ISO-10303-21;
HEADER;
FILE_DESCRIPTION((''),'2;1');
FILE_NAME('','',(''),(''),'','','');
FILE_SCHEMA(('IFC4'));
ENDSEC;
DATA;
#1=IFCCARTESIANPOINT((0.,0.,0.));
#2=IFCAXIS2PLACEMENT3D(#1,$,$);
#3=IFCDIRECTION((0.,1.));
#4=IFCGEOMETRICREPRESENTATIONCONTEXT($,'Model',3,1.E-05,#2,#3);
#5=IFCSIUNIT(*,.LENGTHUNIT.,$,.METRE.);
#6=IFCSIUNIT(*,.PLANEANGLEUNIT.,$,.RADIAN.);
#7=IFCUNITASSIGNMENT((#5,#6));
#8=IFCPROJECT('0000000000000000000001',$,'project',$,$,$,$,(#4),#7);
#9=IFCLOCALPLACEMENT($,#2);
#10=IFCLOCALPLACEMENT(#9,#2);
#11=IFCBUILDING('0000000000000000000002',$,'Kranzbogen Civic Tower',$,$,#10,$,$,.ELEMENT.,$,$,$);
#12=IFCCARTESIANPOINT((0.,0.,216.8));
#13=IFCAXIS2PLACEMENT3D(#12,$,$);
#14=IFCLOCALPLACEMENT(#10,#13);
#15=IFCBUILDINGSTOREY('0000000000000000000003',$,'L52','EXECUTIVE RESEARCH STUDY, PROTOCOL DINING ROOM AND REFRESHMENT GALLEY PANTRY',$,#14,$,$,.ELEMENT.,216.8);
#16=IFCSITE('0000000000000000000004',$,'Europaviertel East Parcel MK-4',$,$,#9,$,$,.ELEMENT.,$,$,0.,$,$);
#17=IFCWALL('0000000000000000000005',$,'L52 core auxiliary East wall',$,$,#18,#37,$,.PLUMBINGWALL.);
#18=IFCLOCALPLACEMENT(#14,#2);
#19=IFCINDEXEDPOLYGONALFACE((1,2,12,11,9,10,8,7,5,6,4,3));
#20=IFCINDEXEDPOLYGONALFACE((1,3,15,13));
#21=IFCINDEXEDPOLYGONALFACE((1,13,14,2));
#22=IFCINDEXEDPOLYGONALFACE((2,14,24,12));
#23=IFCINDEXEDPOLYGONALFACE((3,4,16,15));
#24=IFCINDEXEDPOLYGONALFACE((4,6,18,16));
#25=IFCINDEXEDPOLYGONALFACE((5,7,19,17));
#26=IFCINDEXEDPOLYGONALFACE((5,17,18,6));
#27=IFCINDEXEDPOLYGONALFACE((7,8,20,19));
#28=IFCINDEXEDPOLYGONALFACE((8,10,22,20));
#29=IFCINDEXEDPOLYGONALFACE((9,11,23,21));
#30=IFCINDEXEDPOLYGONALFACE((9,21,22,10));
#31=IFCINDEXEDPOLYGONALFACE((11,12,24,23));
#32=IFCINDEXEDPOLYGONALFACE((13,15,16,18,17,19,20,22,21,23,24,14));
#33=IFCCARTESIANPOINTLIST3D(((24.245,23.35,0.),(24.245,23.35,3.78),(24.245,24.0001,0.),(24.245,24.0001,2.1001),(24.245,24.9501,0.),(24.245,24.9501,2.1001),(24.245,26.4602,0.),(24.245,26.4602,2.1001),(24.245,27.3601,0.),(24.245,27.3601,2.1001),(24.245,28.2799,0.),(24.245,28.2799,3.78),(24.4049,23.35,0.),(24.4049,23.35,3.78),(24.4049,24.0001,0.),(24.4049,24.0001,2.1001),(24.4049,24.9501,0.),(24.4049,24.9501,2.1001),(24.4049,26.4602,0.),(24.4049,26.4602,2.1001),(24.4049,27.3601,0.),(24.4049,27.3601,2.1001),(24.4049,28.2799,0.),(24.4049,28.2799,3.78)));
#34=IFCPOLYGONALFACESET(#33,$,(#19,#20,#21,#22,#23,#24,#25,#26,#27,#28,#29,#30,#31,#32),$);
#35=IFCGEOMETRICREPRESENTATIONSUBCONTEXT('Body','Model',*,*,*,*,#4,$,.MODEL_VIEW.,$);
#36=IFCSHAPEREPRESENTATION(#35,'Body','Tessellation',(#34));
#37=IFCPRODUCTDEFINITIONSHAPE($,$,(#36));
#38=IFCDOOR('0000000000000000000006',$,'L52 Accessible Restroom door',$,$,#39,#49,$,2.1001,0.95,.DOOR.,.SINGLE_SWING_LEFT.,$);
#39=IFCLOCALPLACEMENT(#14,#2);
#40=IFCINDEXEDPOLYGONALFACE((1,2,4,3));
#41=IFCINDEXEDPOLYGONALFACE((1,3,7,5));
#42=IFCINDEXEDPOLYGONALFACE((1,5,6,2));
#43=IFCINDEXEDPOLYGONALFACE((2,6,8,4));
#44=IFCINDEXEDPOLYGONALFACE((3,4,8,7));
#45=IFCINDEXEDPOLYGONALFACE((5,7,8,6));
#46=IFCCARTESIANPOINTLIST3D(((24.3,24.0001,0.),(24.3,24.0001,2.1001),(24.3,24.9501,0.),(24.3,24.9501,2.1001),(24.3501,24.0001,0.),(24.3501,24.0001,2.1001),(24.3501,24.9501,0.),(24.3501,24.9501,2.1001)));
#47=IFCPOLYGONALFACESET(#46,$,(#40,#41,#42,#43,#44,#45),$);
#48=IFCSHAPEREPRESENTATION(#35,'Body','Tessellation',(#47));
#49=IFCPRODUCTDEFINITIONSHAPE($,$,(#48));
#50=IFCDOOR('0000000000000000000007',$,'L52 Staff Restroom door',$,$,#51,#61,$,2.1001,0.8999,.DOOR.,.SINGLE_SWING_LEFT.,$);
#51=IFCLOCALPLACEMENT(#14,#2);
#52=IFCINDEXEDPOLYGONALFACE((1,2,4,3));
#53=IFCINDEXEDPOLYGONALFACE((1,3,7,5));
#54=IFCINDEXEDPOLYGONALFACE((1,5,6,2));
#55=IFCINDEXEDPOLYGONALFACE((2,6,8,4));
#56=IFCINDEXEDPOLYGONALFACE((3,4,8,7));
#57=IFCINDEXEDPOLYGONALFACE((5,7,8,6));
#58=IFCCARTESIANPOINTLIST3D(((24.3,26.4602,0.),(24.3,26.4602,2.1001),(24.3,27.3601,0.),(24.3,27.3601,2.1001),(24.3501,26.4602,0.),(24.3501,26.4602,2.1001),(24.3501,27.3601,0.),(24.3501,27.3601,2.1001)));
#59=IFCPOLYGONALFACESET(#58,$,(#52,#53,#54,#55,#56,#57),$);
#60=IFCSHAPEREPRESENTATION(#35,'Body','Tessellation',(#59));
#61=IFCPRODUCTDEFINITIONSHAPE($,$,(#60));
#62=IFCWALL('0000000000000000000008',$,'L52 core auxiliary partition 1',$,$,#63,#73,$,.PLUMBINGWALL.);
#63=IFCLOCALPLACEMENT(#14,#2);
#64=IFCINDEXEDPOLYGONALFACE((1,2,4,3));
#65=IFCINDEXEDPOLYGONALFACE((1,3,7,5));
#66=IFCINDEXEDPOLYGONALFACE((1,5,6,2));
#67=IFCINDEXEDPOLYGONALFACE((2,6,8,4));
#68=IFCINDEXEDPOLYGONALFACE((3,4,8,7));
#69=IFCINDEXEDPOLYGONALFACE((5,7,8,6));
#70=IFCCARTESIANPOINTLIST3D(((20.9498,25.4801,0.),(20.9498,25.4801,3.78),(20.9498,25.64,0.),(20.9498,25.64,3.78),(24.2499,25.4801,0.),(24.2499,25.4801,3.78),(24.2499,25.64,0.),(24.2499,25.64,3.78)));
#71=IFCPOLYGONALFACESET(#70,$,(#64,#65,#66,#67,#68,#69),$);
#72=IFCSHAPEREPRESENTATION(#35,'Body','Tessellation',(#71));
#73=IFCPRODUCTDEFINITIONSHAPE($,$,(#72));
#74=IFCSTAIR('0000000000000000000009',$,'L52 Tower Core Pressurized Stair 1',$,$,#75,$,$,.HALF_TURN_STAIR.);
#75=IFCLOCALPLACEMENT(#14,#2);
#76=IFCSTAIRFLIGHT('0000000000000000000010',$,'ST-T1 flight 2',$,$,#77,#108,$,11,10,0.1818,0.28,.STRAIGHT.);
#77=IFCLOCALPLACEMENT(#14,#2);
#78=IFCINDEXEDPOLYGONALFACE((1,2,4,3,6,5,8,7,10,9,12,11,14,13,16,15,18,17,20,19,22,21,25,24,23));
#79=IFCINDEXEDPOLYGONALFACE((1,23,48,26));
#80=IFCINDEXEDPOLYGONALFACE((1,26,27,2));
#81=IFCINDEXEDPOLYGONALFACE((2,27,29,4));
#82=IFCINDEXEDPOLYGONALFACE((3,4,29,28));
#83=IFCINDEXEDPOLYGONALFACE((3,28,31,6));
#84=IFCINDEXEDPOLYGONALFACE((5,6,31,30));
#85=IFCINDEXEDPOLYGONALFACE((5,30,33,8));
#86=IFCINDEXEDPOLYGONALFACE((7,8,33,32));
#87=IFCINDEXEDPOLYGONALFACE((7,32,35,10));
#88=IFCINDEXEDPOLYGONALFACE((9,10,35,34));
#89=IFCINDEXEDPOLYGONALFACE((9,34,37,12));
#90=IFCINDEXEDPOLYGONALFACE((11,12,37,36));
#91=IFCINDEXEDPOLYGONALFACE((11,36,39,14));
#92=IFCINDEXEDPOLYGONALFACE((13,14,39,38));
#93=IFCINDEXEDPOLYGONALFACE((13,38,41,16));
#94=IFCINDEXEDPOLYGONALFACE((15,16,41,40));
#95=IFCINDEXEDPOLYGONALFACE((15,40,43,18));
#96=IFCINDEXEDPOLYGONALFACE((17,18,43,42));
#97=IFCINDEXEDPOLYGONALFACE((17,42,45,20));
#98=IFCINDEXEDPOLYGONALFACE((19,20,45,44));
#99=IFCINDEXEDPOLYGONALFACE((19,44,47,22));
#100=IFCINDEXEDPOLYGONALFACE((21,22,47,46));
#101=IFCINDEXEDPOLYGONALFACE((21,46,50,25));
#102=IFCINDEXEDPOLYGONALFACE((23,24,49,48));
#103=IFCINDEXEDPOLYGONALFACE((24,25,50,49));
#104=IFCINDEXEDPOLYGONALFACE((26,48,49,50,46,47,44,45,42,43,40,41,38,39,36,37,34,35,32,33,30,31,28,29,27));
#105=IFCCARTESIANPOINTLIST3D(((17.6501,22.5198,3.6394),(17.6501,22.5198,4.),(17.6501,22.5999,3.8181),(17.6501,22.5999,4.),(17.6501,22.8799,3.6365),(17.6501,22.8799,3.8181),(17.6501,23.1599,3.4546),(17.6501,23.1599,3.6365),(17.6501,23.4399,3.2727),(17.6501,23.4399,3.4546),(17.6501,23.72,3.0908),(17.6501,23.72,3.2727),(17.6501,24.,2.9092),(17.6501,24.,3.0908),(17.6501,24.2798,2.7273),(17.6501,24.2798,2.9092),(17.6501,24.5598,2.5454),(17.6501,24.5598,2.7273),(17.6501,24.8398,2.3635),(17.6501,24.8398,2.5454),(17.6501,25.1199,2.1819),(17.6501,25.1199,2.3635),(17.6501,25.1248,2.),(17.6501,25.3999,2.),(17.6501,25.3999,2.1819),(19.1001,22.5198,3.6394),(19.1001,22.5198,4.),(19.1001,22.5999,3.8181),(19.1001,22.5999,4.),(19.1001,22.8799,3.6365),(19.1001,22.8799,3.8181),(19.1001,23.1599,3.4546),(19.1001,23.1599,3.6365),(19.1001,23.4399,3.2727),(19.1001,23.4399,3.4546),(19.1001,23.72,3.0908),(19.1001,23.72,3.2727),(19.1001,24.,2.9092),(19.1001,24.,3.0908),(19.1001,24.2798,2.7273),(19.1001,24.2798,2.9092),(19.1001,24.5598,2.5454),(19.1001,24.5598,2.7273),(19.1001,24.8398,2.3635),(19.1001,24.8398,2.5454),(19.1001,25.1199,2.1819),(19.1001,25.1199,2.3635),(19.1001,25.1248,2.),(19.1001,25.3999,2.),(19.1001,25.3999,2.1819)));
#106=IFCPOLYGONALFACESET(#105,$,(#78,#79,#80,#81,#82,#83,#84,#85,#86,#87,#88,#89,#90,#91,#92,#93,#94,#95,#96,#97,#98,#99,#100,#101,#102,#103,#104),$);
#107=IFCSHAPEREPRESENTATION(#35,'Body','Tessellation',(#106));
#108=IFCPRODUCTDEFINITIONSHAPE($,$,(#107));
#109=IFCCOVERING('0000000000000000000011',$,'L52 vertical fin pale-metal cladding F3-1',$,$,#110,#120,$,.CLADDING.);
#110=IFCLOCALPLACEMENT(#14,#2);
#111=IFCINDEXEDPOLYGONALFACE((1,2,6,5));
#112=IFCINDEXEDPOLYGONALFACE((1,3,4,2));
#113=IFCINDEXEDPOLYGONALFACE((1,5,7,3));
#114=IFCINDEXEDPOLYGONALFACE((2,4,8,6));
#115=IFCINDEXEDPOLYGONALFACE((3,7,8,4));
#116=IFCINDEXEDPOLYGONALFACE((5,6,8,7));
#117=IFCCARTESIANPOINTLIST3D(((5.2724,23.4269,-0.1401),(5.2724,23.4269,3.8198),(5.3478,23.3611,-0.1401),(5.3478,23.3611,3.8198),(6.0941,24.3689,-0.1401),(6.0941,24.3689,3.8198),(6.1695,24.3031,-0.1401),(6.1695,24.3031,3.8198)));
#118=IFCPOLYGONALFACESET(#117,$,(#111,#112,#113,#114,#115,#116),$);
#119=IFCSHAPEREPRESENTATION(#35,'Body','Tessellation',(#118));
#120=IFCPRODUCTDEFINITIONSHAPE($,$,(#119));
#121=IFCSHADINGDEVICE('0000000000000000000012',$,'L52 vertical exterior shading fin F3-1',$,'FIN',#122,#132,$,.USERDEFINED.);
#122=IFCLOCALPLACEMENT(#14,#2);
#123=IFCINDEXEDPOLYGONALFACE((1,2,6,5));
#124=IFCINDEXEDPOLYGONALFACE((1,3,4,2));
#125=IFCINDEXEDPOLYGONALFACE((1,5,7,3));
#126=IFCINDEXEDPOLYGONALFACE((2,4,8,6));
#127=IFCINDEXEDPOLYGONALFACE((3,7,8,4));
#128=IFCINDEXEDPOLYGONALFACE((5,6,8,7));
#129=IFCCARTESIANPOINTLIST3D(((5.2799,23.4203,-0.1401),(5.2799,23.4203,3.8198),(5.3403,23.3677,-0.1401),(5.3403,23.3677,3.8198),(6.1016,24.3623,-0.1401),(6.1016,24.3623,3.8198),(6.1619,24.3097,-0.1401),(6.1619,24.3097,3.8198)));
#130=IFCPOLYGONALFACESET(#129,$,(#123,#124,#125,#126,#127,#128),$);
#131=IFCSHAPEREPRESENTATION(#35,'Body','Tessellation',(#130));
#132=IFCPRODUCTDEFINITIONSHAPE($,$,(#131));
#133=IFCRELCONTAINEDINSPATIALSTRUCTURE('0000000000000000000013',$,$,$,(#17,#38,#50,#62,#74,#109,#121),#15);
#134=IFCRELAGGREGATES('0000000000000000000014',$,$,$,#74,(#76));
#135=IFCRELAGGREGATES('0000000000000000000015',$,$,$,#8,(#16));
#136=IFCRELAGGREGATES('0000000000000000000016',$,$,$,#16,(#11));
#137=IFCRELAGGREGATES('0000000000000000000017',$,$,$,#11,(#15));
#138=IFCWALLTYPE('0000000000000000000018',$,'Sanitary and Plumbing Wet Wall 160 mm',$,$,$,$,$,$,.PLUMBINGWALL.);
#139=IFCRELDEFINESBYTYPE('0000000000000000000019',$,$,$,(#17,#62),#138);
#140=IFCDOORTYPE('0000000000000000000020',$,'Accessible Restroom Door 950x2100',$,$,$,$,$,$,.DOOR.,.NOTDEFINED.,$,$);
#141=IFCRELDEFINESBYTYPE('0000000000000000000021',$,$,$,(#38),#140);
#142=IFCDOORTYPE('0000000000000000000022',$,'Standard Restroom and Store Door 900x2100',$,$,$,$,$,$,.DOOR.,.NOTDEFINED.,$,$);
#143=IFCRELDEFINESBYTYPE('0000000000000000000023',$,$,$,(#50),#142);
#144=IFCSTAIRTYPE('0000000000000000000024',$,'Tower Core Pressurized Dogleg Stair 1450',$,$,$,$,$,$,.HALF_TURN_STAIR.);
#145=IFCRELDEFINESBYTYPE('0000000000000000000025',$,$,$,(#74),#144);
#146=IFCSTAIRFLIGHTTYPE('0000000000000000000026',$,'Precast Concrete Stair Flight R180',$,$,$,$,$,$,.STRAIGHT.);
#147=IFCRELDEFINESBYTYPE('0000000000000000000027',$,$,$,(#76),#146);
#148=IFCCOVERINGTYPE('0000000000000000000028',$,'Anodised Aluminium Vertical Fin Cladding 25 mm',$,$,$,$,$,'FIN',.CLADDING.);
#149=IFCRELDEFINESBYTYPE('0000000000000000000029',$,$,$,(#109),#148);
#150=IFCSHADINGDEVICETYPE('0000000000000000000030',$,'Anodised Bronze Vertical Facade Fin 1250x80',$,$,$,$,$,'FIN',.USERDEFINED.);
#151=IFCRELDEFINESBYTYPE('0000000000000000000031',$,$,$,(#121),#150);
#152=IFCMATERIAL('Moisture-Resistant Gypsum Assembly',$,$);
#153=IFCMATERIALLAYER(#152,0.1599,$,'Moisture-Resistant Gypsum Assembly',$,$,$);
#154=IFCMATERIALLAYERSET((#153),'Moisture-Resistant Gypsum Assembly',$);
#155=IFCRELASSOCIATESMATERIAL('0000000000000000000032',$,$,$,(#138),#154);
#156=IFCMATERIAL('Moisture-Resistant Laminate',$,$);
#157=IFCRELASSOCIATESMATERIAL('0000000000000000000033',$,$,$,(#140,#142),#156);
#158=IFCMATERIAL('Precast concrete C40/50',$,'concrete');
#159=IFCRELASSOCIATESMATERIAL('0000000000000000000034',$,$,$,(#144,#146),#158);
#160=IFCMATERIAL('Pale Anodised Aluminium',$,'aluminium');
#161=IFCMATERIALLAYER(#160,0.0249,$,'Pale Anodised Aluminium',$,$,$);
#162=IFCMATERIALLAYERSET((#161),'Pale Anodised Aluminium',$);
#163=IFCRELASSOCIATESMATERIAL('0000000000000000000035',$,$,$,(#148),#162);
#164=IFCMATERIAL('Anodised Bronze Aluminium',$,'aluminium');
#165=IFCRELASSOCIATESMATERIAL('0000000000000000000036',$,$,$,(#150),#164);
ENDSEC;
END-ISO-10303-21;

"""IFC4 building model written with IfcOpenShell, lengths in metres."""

from ifc_helpers import new_model, si_unit, direction, frame, frame_2d, origin, origin_2d, place, context, subcontext, project, spatial, polyline, rectangle, outline, extrude, material, layer, layer_set, type_object, element, fill, aggregate, save


model = new_model("IFC4")

# Units and contexts
model_context = context("Model", 3, precision=1e-05, world=origin(), true_north=direction((0.0, 1.0)))
body_context = subcontext(model_context, "Body", "Model", "MODEL_VIEW")
ifc_project = project(units=[si_unit("LENGTHUNIT", "METRE"), si_unit("PLANEANGLEUNIT", "RADIAN")], contexts=[model_context])

# Site, building, storey
site_placement = place(None, origin())
site = spatial("IfcSite", under=ifc_project, at=site_placement, Name="Europaviertel East Parcel MK-4", CompositionType="ELEMENT", RefElevation=0.0)
building_placement = place(site_placement, origin())
building = spatial("IfcBuilding", under=site, at=building_placement, Name="Kranzbogen Civic Tower", CompositionType="ELEMENT")
storey_placement = place(building_placement, frame((0.0, 0.0, 216.8)))
storey = spatial("IfcBuildingStorey", under=building, at=storey_placement, Name="L52", Description="EXECUTIVE RESEARCH STUDY, PROTOCOL DINING ROOM AND REFRESHMENT GALLEY PANTRY", CompositionType="ELEMENT", Elevation=216.8)

# Shared definitions
ifc_material_1 = material(Name="Pale Anodised Aluminium", Category="aluminium")

# Wall, openings, doors
ifc_material_2 = material(Name="Moisture-Resistant Gypsum Assembly")
ifc_layer_1 = layer(ifc_material_2, 0.1599, Name="Moisture-Resistant Gypsum Assembly")
ifc_layer_set_1 = layer_set([ifc_layer_1], Name="Moisture-Resistant Gypsum Assembly")
wall_type_1 = type_object("IfcWallType", Name="Sanitary and Plumbing Wet Wall 160 mm", PredefinedType="PLUMBINGWALL", material=ifc_layer_set_1)
wall_1_placement = place(storey_placement, frame((24.325, 23.3501, 0.0), z_axis=(0.0, 0.0, 1.0), x_axis=(0.0, 1.0, 0.0)))
wall_1 = element("IfcWall", 1, at=wall_1_placement, inside=storey, type_object=wall_type_1, Name="L52 core auxiliary East wall", PredefinedType="PLUMBINGWALL", context=body_context, shape_type="SweptSolid", body=[
    extrude(rectangle(XDim=4.9299, YDim=0.1599, at=frame_2d((2.4648, 0.0))), origin(), (0.0, 0.0, 1.0), 3.78),
])
opening_1_placement = place(wall_1_placement, frame((0.6499, 0.0, 0.0)))
opening_1 = element("IfcOpeningElement", 2, at=opening_1_placement, cuts=wall_1, PredefinedType="OPENING", context=body_context, shape_type="SweptSolid", body=[
    extrude(rectangle(XDim=0.95, YDim=2.1001, at=frame_2d((0.4751, 1.05))), frame((0.0, 0.0898, 0.0), z_axis=(0.0, -1.0, 0.0), x_axis=(1.0, 0.0, 0.0)), (0.0, 0.0, 1.0), 0.1799),
])
opening_2_placement = place(wall_1_placement, frame((3.1101, 0.0, 0.0)))
opening_2 = element("IfcOpeningElement", 3, at=opening_2_placement, cuts=wall_1, PredefinedType="OPENING", context=body_context, shape_type="SweptSolid", body=[
    extrude(rectangle(XDim=0.8999, YDim=2.1001, at=frame_2d((0.45, 1.05))), frame((0.0, 0.0898, 0.0), z_axis=(0.0, -1.0, 0.0), x_axis=(1.0, 0.0, 0.0)), (0.0, 0.0, 1.0), 0.1799),
])
ifc_material_3 = material(Name="Moisture-Resistant Laminate")
door_type_1 = type_object("IfcDoorType", Name="Accessible Restroom Door 950x2100", OperationType="NOTDEFINED", PredefinedType="DOOR", material=ifc_material_3)
door_1_placement = place(opening_1_placement, origin())
door_1 = element("IfcDoor", 4, at=door_1_placement, inside=storey, type_object=door_type_1, Name="L52 Accessible Restroom door", OperationType="SINGLE_SWING_LEFT", OverallHeight=2.1001, OverallWidth=0.95, PredefinedType="DOOR", context=body_context, shape_type="SweptSolid", body=[
    extrude(rectangle(XDim=0.95, YDim=2.1001, at=frame_2d((0.4751, 1.05))), frame((0.0, 0.0249, 0.0), z_axis=(0.0, -1.0, 0.0), x_axis=(1.0, 0.0, 0.0)), (0.0, 0.0, 1.0), 0.05),
])
fill(opening_1, door_1)
door_type_2 = type_object("IfcDoorType", Name="Standard Restroom and Store Door 900x2100", OperationType="NOTDEFINED", PredefinedType="DOOR", material=ifc_material_3)
door_2_placement = place(opening_2_placement, origin())
door_2 = element("IfcDoor", 5, at=door_2_placement, inside=storey, type_object=door_type_2, Name="L52 Staff Restroom door", OperationType="SINGLE_SWING_LEFT", OverallHeight=2.1001, OverallWidth=0.8999, PredefinedType="DOOR", context=body_context, shape_type="SweptSolid", body=[
    extrude(rectangle(XDim=0.8999, YDim=2.1001, at=frame_2d((0.45, 1.05))), frame((0.0, 0.0249, 0.0), z_axis=(0.0, -1.0, 0.0), x_axis=(1.0, 0.0, 0.0)), (0.0, 0.0, 1.0), 0.05),
])
fill(opening_2, door_2)

# Wall
wall_2_placement = place(storey_placement, frame((20.95, 25.5601, 0.0), z_axis=(0.0, 0.0, 1.0), x_axis=(1.0, 0.0, 0.0)))
element("IfcWall", 6, at=wall_2_placement, inside=storey, type_object=wall_type_1, Name="L52 core auxiliary partition 1", PredefinedType="PLUMBINGWALL", context=body_context, shape_type="SweptSolid", body=[
    extrude(rectangle(XDim=3.3, YDim=0.1599, at=frame_2d((1.6499, 0.0))), origin(), (0.0, 0.0, 1.0), 3.78),
])

# Stair, stair flight
ifc_material_4 = material(Name="Precast concrete C40/50", Category="concrete")
stair_type = type_object("IfcStairType", Name="Tower Core Pressurized Dogleg Stair 1450", PredefinedType="HALF_TURN_STAIR", material=ifc_material_4)
stair_placement = place(storey_placement, origin())
stair = element("IfcStair", 7, at=stair_placement, inside=storey, type_object=stair_type, Name="L52 Tower Core Pressurized Stair 1", PredefinedType="HALF_TURN_STAIR")
stair_flight_type = type_object("IfcStairFlightType", Name="Precast Concrete Stair Flight R180", PredefinedType="STRAIGHT", material=ifc_material_4)
stair_flight_placement = place(storey_placement, frame((18.375, 25.3999, 2.0), z_axis=(0.0, 0.0, 1.0), x_axis=(0.0, -1.0, 0.0)))
stair_flight = element("IfcStairFlight", 8, at=stair_flight_placement, type_object=stair_flight_type, Name="ST-T1 flight 2", NumberOfRisers=11, NumberOfTreads=10, PredefinedType="STRAIGHT", RiserHeight=0.1818, TreadLength=0.28, context=body_context, shape_type="SweptSolid", body=[
    extrude(outline(polyline([(0.0, 0.0), (0.0, 0.1819), (0.28, 0.1819), (0.28, 0.3635), (0.5601, 0.3635), (0.5601, 0.5454), (0.8401, 0.5454), (0.8401, 0.7273), (1.1201, 0.7273), (1.1201, 0.9092), (1.3999, 0.9092), (1.3999, 1.0908), (1.6799, 1.0908), (1.6799, 1.2727), (1.96, 1.2727), (1.96, 1.4546), (2.24, 1.4546), (2.24, 1.6365), (2.52, 1.6365), (2.52, 1.8181), (2.8, 1.8181), (2.8, 2.0), (2.8801, 2.0), (2.8801, 1.6394), (0.2751, 0.0), (0.0, 0.0)])), frame((0.0, 0.7251, 0.0), z_axis=(0.0, -1.0, 0.0), x_axis=(1.0, 0.0, 0.0)), (0.0, 0.0, 1.0), 1.45),
])
aggregate(stair, [stair_flight])

# Covering
ifc_layer_2 = layer(ifc_material_1, 0.0249, Name="Pale Anodised Aluminium")
ifc_layer_set_2 = layer_set([ifc_layer_2], Name="Pale Anodised Aluminium")
covering_type = type_object("IfcCoveringType", Name="Anodised Aluminium Vertical Fin Cladding 25 mm", ElementType="FIN", PredefinedType="CLADDING", material=ifc_layer_set_2)
covering_placement = place(storey_placement, frame((5.7209, 23.865, -0.1401), z_axis=(0.0, 0.0, 1.0), x_axis=(-0.657323, -0.753609, 0.0)))
element("IfcCovering", 9, at=covering_placement, inside=storey, type_object=covering_type, Name="L52 vertical fin pale-metal cladding F3-1", PredefinedType="CLADDING", context=body_context, shape_type="SweptSolid", body=[
    extrude(rectangle(XDim=1.25, YDim=0.1001, at=origin_2d()), origin(), (0.0, 0.0, 1.0), 3.96),
])

# Shading device
ifc_material_5 = material(Name="Anodised Bronze Aluminium", Category="aluminium")
shading_device_type = type_object("IfcShadingDeviceType", Name="Anodised Bronze Vertical Facade Fin 1250x80", ElementType="FIN", PredefinedType="USERDEFINED", material=ifc_material_5)
shading_device_placement = place(storey_placement, frame((5.7209, 23.865, -0.1401), z_axis=(0.0, 0.0, 1.0), x_axis=(-0.657323, -0.753609, 0.0)))
element("IfcShadingDevice", 10, at=shading_device_placement, inside=storey, type_object=shading_device_type, Name="L52 vertical exterior shading fin F3-1", ObjectType="FIN", PredefinedType="USERDEFINED", context=body_context, shape_type="SweptSolid", body=[
    extrude(rectangle(XDim=1.25, YDim=0.0801, at=origin_2d()), origin(), (0.0, 0.0, 1.0), 3.96),
])

save(model, "model.ifc")
